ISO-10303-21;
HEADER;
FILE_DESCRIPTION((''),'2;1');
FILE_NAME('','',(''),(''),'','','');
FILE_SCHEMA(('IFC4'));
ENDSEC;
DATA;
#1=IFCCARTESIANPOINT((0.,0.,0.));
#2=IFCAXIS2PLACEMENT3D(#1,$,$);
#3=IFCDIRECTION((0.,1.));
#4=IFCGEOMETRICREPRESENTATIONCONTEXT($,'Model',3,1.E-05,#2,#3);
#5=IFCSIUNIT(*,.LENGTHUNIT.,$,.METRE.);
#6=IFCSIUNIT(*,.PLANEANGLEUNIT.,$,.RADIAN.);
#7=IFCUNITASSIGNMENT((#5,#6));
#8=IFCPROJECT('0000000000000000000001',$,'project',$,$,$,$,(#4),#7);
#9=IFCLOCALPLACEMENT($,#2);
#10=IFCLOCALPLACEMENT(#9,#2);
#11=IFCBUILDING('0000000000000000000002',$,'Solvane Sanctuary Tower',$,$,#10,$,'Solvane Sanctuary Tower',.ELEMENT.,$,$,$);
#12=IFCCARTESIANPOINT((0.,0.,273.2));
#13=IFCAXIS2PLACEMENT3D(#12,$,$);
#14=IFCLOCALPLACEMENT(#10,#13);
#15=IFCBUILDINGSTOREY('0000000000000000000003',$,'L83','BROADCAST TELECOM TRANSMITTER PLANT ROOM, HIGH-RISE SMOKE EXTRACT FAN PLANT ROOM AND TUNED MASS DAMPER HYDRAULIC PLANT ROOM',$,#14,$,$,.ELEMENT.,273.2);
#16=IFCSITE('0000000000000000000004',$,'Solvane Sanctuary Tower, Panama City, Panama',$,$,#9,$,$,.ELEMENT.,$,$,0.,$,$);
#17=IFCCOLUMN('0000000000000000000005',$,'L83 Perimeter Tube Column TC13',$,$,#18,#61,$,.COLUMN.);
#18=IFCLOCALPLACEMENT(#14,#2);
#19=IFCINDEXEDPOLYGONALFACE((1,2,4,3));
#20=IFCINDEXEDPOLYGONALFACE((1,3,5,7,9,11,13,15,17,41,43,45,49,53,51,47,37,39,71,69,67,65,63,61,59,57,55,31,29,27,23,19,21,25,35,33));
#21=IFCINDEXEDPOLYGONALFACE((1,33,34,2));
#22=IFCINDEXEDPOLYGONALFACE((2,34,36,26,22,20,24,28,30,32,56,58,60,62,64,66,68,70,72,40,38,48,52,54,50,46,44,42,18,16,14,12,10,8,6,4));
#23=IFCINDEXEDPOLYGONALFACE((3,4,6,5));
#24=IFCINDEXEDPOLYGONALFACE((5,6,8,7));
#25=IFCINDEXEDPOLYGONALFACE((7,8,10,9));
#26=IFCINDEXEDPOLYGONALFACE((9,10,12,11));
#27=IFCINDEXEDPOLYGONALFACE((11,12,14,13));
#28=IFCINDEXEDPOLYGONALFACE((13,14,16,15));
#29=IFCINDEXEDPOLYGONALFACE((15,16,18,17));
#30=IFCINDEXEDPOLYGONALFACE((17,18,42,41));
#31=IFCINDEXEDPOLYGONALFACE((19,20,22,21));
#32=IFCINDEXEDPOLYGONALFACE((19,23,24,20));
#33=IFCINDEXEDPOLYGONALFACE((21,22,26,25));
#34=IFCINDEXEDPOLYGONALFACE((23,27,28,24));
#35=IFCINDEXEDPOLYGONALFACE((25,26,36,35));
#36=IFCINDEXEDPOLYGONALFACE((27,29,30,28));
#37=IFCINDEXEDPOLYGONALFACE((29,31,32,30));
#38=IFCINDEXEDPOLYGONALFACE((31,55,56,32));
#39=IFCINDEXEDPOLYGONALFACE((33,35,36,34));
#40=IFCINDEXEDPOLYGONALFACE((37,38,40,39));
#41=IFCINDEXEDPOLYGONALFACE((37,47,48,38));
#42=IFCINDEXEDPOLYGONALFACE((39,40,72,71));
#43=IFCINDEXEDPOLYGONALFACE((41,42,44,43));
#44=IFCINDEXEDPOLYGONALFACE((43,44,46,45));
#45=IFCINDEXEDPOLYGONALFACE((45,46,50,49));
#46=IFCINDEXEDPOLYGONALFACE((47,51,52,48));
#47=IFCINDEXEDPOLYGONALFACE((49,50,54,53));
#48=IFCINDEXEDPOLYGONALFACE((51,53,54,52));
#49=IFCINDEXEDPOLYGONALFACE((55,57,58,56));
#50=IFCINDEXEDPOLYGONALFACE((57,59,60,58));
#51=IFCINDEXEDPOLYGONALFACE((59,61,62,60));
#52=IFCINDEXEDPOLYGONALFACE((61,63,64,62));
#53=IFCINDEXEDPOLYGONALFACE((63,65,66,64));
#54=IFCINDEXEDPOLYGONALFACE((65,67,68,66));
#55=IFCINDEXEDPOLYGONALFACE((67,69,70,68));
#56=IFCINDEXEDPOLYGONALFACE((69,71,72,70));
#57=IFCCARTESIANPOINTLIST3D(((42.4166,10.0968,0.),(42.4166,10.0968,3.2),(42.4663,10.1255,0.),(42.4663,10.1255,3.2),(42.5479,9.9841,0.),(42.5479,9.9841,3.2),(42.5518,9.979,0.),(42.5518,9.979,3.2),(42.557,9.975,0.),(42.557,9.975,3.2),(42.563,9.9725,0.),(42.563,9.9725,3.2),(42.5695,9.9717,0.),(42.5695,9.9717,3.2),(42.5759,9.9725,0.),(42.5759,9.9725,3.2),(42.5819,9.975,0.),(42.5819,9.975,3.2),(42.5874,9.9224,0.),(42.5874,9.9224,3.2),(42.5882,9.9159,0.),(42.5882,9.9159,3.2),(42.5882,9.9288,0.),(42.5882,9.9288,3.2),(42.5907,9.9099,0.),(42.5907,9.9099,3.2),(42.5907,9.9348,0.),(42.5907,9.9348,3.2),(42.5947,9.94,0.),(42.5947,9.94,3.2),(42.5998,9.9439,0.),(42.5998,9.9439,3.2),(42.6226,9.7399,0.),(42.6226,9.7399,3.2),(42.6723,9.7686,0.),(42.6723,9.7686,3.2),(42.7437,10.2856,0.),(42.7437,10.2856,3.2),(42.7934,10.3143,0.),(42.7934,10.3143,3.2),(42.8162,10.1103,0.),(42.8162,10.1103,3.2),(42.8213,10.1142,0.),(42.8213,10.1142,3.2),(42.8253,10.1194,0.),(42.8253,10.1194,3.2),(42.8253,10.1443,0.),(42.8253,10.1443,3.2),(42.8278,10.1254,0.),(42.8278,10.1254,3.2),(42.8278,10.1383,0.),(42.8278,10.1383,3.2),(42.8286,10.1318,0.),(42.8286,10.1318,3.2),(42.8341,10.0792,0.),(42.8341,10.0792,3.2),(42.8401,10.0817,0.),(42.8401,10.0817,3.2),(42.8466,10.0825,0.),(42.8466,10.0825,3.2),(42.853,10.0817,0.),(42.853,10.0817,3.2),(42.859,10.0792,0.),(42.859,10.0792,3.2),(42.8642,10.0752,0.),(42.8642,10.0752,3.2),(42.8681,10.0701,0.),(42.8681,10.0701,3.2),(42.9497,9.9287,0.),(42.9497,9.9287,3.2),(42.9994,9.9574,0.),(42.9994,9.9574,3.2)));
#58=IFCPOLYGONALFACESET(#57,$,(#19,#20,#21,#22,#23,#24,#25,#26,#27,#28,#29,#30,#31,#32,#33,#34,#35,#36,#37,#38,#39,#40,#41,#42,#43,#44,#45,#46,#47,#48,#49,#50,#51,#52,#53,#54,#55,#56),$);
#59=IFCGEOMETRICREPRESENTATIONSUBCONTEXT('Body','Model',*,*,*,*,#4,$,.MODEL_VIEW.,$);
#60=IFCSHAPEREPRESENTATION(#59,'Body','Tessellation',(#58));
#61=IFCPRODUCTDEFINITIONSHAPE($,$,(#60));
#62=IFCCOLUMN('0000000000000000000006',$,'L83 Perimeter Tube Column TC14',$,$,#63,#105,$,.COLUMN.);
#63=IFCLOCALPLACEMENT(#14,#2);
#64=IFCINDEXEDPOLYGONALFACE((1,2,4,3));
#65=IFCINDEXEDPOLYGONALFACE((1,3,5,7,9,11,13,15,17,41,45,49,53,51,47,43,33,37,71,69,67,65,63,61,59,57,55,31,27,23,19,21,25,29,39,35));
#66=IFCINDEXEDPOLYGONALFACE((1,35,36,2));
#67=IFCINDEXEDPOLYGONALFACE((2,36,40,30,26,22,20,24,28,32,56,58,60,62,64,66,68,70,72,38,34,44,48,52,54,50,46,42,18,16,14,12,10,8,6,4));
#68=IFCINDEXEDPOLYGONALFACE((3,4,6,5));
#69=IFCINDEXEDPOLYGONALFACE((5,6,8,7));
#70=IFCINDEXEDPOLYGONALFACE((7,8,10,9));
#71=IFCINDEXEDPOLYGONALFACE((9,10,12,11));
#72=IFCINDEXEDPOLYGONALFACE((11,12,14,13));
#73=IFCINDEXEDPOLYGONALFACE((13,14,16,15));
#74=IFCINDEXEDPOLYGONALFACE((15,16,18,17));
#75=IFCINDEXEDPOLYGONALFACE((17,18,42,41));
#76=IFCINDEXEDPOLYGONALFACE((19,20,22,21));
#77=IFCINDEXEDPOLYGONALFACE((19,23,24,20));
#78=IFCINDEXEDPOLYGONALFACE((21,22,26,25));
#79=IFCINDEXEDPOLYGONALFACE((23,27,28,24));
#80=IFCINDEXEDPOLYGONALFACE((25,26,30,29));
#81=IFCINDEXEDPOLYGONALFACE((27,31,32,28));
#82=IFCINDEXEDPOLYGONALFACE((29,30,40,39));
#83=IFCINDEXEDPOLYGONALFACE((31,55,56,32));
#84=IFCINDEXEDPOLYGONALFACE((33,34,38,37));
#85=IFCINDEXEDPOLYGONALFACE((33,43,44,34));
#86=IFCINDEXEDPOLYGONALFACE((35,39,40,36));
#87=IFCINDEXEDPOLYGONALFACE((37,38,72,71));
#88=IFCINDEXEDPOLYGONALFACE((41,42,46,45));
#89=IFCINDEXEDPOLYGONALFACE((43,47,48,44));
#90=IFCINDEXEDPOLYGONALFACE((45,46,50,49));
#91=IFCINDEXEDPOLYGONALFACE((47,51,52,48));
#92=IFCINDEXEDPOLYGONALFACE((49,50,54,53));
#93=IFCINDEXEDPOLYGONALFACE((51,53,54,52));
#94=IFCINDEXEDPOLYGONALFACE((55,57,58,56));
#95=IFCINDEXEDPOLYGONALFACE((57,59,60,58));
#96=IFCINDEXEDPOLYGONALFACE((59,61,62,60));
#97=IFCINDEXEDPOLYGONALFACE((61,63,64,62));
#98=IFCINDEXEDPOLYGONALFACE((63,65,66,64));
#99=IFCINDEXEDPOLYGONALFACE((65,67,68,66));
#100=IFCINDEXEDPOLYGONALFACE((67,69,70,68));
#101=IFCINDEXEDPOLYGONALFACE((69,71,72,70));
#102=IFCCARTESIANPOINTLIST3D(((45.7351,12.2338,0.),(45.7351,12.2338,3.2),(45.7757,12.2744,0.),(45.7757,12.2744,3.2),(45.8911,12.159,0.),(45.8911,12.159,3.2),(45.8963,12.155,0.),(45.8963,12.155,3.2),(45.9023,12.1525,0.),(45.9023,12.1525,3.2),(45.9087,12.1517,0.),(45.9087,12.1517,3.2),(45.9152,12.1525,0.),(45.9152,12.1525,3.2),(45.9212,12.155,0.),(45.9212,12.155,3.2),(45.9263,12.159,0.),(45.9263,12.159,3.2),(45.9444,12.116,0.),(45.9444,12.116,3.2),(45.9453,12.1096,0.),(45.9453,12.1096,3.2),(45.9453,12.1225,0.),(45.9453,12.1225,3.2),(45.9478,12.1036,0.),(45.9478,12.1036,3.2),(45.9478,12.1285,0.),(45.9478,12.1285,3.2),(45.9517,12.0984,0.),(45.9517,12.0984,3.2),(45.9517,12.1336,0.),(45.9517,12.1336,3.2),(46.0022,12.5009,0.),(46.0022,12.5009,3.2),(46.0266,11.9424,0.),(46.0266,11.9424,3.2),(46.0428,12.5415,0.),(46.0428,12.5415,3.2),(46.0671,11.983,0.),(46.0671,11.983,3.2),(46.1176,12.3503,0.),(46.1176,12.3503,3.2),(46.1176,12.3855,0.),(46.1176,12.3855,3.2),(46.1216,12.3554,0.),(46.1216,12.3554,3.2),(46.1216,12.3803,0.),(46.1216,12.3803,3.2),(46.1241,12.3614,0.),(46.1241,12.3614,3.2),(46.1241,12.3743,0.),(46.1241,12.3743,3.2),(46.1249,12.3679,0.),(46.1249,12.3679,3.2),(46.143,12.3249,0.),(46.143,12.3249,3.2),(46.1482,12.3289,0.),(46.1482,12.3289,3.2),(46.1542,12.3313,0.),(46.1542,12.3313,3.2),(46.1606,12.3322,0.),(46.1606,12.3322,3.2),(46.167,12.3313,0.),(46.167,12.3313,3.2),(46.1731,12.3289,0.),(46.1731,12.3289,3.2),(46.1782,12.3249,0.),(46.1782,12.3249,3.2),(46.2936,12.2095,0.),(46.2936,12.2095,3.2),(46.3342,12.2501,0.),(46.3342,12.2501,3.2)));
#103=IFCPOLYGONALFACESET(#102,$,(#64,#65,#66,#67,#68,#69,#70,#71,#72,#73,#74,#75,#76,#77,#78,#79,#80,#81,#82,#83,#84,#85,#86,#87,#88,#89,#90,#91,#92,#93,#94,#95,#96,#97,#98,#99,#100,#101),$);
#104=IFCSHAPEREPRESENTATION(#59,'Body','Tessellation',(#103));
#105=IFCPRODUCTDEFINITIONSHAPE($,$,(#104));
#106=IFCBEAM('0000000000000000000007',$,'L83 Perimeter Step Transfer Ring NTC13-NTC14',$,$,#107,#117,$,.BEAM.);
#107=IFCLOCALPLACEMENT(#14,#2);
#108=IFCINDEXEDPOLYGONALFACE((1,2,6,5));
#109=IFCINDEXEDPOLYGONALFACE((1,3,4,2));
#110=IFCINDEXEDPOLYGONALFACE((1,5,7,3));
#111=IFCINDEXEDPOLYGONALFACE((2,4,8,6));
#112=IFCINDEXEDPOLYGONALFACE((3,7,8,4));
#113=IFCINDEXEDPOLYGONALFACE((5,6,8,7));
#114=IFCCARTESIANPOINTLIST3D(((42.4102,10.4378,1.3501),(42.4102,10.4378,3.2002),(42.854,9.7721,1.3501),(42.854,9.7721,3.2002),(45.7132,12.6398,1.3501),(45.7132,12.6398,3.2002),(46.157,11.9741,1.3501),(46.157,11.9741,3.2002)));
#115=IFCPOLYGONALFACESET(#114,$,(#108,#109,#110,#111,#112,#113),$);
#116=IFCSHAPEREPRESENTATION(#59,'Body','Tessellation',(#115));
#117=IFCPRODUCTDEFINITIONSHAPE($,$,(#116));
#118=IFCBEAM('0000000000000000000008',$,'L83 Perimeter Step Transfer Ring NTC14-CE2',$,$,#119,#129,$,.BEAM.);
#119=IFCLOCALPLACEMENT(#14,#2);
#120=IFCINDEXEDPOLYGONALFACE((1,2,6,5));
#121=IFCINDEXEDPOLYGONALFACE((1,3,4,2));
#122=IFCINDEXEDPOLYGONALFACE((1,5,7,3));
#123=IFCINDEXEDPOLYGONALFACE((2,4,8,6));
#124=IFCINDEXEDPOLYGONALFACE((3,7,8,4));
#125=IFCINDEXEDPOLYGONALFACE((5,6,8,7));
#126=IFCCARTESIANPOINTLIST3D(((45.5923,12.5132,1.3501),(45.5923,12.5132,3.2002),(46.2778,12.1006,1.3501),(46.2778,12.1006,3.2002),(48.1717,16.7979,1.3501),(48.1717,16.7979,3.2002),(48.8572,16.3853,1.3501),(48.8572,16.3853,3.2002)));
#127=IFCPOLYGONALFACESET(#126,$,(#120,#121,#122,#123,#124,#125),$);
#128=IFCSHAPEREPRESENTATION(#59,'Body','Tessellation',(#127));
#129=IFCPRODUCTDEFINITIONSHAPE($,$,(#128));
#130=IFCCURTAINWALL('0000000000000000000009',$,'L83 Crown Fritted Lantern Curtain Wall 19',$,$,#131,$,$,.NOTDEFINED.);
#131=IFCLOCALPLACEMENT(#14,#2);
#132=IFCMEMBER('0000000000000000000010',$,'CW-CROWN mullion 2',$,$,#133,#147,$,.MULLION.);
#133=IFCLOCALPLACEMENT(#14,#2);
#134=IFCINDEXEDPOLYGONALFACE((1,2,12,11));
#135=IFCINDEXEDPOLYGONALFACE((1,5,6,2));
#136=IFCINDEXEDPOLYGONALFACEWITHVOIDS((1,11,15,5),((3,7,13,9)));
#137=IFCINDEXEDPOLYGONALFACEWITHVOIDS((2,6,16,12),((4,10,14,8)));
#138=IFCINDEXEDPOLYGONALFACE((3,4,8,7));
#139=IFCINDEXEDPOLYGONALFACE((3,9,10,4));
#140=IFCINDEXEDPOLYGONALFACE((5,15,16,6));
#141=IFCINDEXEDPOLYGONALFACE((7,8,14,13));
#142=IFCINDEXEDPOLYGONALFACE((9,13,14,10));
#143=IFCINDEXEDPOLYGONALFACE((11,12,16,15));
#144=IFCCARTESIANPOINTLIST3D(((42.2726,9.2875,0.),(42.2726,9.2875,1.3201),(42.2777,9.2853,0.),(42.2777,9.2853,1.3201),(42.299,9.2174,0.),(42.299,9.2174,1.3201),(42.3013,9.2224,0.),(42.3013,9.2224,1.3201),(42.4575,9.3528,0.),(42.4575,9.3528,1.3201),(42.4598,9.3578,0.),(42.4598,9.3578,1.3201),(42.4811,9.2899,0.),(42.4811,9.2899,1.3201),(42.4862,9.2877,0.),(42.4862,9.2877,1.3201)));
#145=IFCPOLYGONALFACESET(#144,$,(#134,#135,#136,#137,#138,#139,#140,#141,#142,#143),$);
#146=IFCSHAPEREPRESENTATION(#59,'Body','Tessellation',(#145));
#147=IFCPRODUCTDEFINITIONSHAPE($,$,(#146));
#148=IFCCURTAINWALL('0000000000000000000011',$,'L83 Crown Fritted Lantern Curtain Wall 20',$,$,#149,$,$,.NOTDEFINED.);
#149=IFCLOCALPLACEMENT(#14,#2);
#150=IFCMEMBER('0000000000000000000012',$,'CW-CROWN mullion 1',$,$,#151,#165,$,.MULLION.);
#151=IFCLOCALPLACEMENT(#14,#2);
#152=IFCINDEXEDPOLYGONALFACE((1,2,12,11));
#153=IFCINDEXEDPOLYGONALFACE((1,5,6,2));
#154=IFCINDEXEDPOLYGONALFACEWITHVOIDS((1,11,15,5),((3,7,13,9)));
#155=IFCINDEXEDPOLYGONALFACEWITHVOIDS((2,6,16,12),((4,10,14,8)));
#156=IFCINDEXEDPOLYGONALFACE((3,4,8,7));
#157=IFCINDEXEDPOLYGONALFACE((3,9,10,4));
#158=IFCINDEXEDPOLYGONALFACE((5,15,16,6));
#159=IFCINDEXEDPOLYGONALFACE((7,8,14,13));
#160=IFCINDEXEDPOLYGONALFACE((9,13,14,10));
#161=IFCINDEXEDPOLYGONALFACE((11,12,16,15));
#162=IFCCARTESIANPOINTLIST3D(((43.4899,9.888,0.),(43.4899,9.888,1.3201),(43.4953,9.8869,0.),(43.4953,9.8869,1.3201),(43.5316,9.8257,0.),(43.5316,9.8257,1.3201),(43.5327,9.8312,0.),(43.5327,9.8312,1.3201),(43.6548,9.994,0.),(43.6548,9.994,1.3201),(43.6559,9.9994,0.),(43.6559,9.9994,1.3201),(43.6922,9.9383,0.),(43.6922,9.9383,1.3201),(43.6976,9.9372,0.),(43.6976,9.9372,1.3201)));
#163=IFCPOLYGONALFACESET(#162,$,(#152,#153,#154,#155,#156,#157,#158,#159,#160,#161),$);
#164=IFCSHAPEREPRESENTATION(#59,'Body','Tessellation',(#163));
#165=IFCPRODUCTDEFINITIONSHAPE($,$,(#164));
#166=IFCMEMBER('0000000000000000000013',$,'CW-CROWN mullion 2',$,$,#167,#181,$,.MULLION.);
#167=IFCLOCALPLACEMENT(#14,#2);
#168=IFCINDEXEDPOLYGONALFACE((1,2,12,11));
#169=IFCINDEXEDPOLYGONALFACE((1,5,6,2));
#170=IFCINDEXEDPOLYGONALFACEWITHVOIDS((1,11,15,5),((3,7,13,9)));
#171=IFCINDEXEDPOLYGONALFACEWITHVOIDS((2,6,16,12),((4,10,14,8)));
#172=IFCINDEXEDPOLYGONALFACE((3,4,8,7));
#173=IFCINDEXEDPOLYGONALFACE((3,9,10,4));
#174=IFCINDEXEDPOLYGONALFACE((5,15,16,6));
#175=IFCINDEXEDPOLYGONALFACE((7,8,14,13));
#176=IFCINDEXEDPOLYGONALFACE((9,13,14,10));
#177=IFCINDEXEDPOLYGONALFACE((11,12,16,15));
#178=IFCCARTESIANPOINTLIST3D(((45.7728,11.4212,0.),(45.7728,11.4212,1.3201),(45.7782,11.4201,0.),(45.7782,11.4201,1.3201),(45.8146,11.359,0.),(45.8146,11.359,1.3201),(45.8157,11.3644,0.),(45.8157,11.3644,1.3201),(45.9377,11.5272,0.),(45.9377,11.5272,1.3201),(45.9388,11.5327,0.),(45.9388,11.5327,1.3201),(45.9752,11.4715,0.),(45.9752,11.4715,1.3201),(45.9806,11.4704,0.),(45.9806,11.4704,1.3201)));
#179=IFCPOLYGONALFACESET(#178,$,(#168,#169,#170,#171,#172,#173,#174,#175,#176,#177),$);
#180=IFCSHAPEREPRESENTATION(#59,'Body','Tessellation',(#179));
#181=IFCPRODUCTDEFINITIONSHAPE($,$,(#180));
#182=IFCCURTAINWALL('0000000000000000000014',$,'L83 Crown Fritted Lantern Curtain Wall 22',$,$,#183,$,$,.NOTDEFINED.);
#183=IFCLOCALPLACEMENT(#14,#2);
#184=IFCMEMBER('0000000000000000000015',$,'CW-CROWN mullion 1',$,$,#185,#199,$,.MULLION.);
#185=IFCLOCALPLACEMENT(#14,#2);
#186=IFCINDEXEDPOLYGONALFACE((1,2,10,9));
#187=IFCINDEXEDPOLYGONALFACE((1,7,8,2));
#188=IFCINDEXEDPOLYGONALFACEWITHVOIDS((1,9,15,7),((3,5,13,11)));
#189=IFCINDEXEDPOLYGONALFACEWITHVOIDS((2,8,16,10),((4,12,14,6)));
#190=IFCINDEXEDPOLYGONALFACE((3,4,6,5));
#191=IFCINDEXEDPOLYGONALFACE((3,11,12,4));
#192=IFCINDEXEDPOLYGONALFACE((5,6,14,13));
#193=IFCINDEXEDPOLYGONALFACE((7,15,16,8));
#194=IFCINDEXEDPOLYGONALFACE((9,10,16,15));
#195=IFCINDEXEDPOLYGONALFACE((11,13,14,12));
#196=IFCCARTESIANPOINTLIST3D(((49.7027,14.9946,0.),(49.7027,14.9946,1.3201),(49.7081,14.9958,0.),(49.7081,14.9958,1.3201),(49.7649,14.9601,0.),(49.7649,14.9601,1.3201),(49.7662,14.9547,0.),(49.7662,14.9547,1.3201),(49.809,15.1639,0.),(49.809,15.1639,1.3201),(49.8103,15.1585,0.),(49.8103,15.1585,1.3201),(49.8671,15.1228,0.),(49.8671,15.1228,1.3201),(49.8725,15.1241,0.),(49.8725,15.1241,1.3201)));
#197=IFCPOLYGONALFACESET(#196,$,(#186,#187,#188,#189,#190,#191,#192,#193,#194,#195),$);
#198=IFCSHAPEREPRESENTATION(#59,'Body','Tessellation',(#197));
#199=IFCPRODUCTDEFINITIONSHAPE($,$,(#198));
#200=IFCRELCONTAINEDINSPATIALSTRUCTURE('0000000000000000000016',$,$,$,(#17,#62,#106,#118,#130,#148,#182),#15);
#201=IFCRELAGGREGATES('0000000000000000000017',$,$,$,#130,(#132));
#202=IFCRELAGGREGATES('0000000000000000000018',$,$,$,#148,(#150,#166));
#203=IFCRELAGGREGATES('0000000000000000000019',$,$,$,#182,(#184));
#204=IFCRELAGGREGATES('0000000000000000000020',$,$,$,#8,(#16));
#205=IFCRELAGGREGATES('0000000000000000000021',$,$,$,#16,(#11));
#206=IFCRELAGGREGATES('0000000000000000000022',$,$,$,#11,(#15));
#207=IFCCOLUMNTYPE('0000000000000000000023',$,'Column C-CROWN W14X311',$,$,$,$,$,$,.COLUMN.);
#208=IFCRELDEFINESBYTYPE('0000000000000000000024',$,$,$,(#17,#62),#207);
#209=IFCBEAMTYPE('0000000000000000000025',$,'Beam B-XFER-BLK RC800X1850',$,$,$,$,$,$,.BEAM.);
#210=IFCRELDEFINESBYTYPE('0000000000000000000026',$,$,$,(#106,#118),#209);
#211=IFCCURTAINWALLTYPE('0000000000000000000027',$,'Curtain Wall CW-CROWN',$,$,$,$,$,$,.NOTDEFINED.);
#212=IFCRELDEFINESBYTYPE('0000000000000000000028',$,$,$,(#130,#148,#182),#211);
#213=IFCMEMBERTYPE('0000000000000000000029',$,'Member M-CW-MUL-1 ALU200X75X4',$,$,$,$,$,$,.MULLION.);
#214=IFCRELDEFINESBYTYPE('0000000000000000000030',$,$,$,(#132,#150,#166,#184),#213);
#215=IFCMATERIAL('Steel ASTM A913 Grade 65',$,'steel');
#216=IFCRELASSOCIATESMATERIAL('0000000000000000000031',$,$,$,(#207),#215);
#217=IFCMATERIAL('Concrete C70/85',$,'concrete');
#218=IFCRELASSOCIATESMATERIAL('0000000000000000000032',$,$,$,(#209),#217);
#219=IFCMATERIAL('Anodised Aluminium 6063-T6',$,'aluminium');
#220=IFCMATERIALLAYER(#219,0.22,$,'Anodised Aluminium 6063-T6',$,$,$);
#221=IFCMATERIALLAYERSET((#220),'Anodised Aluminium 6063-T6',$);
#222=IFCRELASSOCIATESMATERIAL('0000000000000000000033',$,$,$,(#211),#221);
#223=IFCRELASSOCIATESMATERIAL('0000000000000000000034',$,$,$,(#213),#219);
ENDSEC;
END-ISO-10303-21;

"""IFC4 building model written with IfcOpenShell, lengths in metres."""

from ifc_helpers import new_model, si_unit, direction, frame, origin, origin_2d, place, context, subcontext, project, spatial, rectangle, hollow_rectangle, i_section, extrude, material, layer, layer_set, material_profile, profile_set, type_object, element, aggregate, save


model = new_model("IFC4")

# Units and contexts
model_context = context("Model", 3, precision=1e-05, world=origin(), true_north=direction((0.0, 1.0)))
body_context = subcontext(model_context, "Body", "Model", "MODEL_VIEW")
ifc_project = project(units=[si_unit("LENGTHUNIT", "METRE"), si_unit("PLANEANGLEUNIT", "RADIAN")], contexts=[model_context])

# Site, building, storey
site_placement = place(None, origin())
site = spatial("IfcSite", under=ifc_project, at=site_placement, Name="Solvane Sanctuary Tower, Panama City, Panama", CompositionType="ELEMENT", RefElevation=0.0)
building_placement = place(site_placement, origin())
building = spatial("IfcBuilding", under=site, at=building_placement, Name="Solvane Sanctuary Tower", LongName="Solvane Sanctuary Tower", CompositionType="ELEMENT")
storey_placement = place(building_placement, frame((0.0, 0.0, 273.2)))
storey = spatial("IfcBuildingStorey", under=building, at=storey_placement, Name="L83", Description="BROADCAST TELECOM TRANSMITTER PLANT ROOM, HIGH-RISE SMOKE EXTRACT FAN PLANT ROOM AND TUNED MASS DAMPER HYDRAULIC PLANT ROOM", CompositionType="ELEMENT", Elevation=273.2)

# Columns
ifc_material_1 = material(Name="Steel ASTM A913 Grade 65", Category="steel")
ifc_material_profile_1 = material_profile(ifc_material_1, i_section(OverallWidth=0.4121, OverallDepth=0.4351, WebThickness=0.0359, FlangeThickness=0.0574, FilletRadius=0.0249, at=origin_2d()), Name="W14X311")
ifc_profile_set_1 = profile_set([ifc_material_profile_1], Name="Steel ASTM A913 Grade 65")
column_type = type_object("IfcColumnType", Name="Column C-CROWN W14X311", PredefinedType="COLUMN", material=ifc_profile_set_1)
for number, where, z_axis, x_axis, name in (
    (1, (42.708, 10.0271, 0.0), (0.0, 0.0, 1.0), (0.5, -0.866025, 0.0), "L83 Perimeter Tube Column TC13"),
    (2, (46.0347, 12.2419, 0.0), (0.0, 0.0, 1.0), (0.707107, -0.707107, 0.0), "L83 Perimeter Tube Column TC14"),
):
    element("IfcColumn", number, at=place(storey_placement, frame(where, z_axis=z_axis, x_axis=x_axis)), inside=storey, type_object=column_type, Name=name, PredefinedType="COLUMN", context=body_context, shape_type="SweptSolid", body=[
        extrude(i_section(OverallWidth=0.4121, OverallDepth=0.4351, WebThickness=0.0359, FlangeThickness=0.0574, FilletRadius=0.0249, at=origin_2d()), origin(), (0.0, 0.0, 1.0), 3.2),
    ])

# Beams
ifc_material_2 = material(Name="Concrete C70/85", Category="concrete")
ifc_material_profile_2 = material_profile(ifc_material_2, rectangle(XDim=0.8, YDim=1.8501, at=origin_2d()), Name="RC800X1850")
ifc_profile_set_2 = profile_set([ifc_material_profile_2], Name="Concrete C70/85")
beam_type = type_object("IfcBeamType", Name="Beam B-XFER-BLK RC800X1850", PredefinedType="BEAM", material=ifc_profile_set_2)
beam_1_placement = place(storey_placement, frame((42.6321, 10.105, 2.2751), z_axis=(0.83206, 0.554686, 0.0), x_axis=(-0.554686, 0.83206, 0.0)))
element("IfcBeam", 3, at=beam_1_placement, inside=storey, type_object=beam_type, Name="L83 Perimeter Step Transfer Ring NTC13-NTC14", PredefinedType="BEAM", context=body_context, shape_type="SweptSolid", body=[
    extrude(rectangle(XDim=0.8, YDim=1.8501, at=origin_2d()), origin(), (0.0, 0.0, 1.0), 3.9697),
])
beam_2_placement = place(storey_placement, frame((45.9351, 12.3069, 2.2751), z_axis=(0.515752, 0.856738, 0.0), x_axis=(-0.856738, 0.515752, 0.0)))
element("IfcBeam", 4, at=beam_2_placement, inside=storey, type_object=beam_type, Name="L83 Perimeter Step Transfer Ring NTC14-CE2", PredefinedType="BEAM", context=body_context, shape_type="SweptSolid", body=[
    extrude(rectangle(XDim=0.8, YDim=1.8501, at=origin_2d()), origin(), (0.0, 0.0, 1.0), 5.0012),
])

# Curtain wall, member
ifc_material_3 = material(Name="Anodised Aluminium 6063-T6", Category="aluminium")
ifc_layer_1 = layer(ifc_material_3, 0.22, Name="Anodised Aluminium 6063-T6")
ifc_layer_set_1 = layer_set([ifc_layer_1], Name="Anodised Aluminium 6063-T6")
curtain_wall_type = type_object("IfcCurtainWallType", Name="Curtain Wall CW-CROWN", PredefinedType="NOTDEFINED", material=ifc_layer_set_1)
curtain_wall_1_placement = place(storey_placement, origin())
curtain_wall_1 = element("IfcCurtainWall", 5, at=curtain_wall_1_placement, inside=storey, type_object=curtain_wall_type, Name="L83 Crown Fritted Lantern Curtain Wall 19", PredefinedType="NOTDEFINED")
ifc_material_profile_3 = material_profile(ifc_material_3, hollow_rectangle(XDim=0.075, YDim=0.2, WallThickness=0.0039, at=origin_2d()), Name="ALU200X75X4")
ifc_profile_set_3 = profile_set([ifc_material_profile_3], Name="Anodised Aluminium 6063-T6")
member_type_1 = type_object("IfcMemberType", Name="Member M-CW-MUL-1 ALU200X75X4", PredefinedType="MULLION", material=ifc_profile_set_3)
member_1_placement = place(storey_placement, frame((42.3794, 9.2876, 0.0), z_axis=(0.0, 0.0, 1.0), x_axis=(-0.351475, 0.936197, 0.0)))
member_1 = element("IfcMember", 6, at=member_1_placement, type_object=member_type_1, Name="CW-CROWN mullion 2", PredefinedType="MULLION", context=body_context, shape_type="SweptSolid", body=[
    extrude(hollow_rectangle(XDim=0.075, YDim=0.2, WallThickness=0.0039, at=origin_2d()), origin(), (0.0, 0.0, 1.0), 1.3201),
])

# Curtain wall, members
curtain_wall_2_placement = place(storey_placement, origin())
curtain_wall_2 = element("IfcCurtainWall", 7, at=curtain_wall_2_placement, inside=storey, type_object=curtain_wall_type, Name="L83 Crown Fritted Lantern Curtain Wall 20", PredefinedType="NOTDEFINED")
member_2_placement = place(storey_placement, frame((43.5938, 9.9126, 0.0), z_axis=(0.0, 0.0, 1.0), x_axis=(-0.557531, 0.830156, 0.0)))
member_2 = element("IfcMember", 8, at=member_2_placement, type_object=member_type_1, Name="CW-CROWN mullion 1", PredefinedType="MULLION", context=body_context, shape_type="SweptSolid", body=[
    extrude(hollow_rectangle(XDim=0.075, YDim=0.2, WallThickness=0.0039, at=origin_2d()), origin(), (0.0, 0.0, 1.0), 1.3201),
])
member_3_placement = place(storey_placement, frame((45.8767, 11.4458, 0.0), z_axis=(0.0, 0.0, 1.0), x_axis=(-0.557531, 0.830156, 0.0)))
member_3 = element("IfcMember", 9, at=member_3_placement, type_object=member_type_1, Name="CW-CROWN mullion 2", PredefinedType="MULLION", context=body_context, shape_type="SweptSolid", body=[
    extrude(hollow_rectangle(XDim=0.075, YDim=0.2, WallThickness=0.0039, at=origin_2d()), origin(), (0.0, 0.0, 1.0), 1.3201),
])

# Curtain wall, member
curtain_wall_3_placement = place(storey_placement, origin())
curtain_wall_3 = element("IfcCurtainWall", 10, at=curtain_wall_3_placement, inside=storey, type_object=curtain_wall_type, Name="L83 Crown Fritted Lantern Curtain Wall 22", PredefinedType="NOTDEFINED")
member_4_placement = place(storey_placement, frame((49.7876, 15.0593, 0.0), z_axis=(0.0, 0.0, 1.0), x_axis=(-0.846858, 0.531819, 0.0)))
member_4 = element("IfcMember", 11, at=member_4_placement, type_object=member_type_1, Name="CW-CROWN mullion 1", PredefinedType="MULLION", context=body_context, shape_type="SweptSolid", body=[
    extrude(hollow_rectangle(XDim=0.075, YDim=0.2, WallThickness=0.0039, at=origin_2d()), origin(), (0.0, 0.0, 1.0), 1.3201),
])

aggregate(curtain_wall_1, [member_1])
aggregate(curtain_wall_2, [member_2, member_3])
aggregate(curtain_wall_3, [member_4])

save(model, "model.ifc")
